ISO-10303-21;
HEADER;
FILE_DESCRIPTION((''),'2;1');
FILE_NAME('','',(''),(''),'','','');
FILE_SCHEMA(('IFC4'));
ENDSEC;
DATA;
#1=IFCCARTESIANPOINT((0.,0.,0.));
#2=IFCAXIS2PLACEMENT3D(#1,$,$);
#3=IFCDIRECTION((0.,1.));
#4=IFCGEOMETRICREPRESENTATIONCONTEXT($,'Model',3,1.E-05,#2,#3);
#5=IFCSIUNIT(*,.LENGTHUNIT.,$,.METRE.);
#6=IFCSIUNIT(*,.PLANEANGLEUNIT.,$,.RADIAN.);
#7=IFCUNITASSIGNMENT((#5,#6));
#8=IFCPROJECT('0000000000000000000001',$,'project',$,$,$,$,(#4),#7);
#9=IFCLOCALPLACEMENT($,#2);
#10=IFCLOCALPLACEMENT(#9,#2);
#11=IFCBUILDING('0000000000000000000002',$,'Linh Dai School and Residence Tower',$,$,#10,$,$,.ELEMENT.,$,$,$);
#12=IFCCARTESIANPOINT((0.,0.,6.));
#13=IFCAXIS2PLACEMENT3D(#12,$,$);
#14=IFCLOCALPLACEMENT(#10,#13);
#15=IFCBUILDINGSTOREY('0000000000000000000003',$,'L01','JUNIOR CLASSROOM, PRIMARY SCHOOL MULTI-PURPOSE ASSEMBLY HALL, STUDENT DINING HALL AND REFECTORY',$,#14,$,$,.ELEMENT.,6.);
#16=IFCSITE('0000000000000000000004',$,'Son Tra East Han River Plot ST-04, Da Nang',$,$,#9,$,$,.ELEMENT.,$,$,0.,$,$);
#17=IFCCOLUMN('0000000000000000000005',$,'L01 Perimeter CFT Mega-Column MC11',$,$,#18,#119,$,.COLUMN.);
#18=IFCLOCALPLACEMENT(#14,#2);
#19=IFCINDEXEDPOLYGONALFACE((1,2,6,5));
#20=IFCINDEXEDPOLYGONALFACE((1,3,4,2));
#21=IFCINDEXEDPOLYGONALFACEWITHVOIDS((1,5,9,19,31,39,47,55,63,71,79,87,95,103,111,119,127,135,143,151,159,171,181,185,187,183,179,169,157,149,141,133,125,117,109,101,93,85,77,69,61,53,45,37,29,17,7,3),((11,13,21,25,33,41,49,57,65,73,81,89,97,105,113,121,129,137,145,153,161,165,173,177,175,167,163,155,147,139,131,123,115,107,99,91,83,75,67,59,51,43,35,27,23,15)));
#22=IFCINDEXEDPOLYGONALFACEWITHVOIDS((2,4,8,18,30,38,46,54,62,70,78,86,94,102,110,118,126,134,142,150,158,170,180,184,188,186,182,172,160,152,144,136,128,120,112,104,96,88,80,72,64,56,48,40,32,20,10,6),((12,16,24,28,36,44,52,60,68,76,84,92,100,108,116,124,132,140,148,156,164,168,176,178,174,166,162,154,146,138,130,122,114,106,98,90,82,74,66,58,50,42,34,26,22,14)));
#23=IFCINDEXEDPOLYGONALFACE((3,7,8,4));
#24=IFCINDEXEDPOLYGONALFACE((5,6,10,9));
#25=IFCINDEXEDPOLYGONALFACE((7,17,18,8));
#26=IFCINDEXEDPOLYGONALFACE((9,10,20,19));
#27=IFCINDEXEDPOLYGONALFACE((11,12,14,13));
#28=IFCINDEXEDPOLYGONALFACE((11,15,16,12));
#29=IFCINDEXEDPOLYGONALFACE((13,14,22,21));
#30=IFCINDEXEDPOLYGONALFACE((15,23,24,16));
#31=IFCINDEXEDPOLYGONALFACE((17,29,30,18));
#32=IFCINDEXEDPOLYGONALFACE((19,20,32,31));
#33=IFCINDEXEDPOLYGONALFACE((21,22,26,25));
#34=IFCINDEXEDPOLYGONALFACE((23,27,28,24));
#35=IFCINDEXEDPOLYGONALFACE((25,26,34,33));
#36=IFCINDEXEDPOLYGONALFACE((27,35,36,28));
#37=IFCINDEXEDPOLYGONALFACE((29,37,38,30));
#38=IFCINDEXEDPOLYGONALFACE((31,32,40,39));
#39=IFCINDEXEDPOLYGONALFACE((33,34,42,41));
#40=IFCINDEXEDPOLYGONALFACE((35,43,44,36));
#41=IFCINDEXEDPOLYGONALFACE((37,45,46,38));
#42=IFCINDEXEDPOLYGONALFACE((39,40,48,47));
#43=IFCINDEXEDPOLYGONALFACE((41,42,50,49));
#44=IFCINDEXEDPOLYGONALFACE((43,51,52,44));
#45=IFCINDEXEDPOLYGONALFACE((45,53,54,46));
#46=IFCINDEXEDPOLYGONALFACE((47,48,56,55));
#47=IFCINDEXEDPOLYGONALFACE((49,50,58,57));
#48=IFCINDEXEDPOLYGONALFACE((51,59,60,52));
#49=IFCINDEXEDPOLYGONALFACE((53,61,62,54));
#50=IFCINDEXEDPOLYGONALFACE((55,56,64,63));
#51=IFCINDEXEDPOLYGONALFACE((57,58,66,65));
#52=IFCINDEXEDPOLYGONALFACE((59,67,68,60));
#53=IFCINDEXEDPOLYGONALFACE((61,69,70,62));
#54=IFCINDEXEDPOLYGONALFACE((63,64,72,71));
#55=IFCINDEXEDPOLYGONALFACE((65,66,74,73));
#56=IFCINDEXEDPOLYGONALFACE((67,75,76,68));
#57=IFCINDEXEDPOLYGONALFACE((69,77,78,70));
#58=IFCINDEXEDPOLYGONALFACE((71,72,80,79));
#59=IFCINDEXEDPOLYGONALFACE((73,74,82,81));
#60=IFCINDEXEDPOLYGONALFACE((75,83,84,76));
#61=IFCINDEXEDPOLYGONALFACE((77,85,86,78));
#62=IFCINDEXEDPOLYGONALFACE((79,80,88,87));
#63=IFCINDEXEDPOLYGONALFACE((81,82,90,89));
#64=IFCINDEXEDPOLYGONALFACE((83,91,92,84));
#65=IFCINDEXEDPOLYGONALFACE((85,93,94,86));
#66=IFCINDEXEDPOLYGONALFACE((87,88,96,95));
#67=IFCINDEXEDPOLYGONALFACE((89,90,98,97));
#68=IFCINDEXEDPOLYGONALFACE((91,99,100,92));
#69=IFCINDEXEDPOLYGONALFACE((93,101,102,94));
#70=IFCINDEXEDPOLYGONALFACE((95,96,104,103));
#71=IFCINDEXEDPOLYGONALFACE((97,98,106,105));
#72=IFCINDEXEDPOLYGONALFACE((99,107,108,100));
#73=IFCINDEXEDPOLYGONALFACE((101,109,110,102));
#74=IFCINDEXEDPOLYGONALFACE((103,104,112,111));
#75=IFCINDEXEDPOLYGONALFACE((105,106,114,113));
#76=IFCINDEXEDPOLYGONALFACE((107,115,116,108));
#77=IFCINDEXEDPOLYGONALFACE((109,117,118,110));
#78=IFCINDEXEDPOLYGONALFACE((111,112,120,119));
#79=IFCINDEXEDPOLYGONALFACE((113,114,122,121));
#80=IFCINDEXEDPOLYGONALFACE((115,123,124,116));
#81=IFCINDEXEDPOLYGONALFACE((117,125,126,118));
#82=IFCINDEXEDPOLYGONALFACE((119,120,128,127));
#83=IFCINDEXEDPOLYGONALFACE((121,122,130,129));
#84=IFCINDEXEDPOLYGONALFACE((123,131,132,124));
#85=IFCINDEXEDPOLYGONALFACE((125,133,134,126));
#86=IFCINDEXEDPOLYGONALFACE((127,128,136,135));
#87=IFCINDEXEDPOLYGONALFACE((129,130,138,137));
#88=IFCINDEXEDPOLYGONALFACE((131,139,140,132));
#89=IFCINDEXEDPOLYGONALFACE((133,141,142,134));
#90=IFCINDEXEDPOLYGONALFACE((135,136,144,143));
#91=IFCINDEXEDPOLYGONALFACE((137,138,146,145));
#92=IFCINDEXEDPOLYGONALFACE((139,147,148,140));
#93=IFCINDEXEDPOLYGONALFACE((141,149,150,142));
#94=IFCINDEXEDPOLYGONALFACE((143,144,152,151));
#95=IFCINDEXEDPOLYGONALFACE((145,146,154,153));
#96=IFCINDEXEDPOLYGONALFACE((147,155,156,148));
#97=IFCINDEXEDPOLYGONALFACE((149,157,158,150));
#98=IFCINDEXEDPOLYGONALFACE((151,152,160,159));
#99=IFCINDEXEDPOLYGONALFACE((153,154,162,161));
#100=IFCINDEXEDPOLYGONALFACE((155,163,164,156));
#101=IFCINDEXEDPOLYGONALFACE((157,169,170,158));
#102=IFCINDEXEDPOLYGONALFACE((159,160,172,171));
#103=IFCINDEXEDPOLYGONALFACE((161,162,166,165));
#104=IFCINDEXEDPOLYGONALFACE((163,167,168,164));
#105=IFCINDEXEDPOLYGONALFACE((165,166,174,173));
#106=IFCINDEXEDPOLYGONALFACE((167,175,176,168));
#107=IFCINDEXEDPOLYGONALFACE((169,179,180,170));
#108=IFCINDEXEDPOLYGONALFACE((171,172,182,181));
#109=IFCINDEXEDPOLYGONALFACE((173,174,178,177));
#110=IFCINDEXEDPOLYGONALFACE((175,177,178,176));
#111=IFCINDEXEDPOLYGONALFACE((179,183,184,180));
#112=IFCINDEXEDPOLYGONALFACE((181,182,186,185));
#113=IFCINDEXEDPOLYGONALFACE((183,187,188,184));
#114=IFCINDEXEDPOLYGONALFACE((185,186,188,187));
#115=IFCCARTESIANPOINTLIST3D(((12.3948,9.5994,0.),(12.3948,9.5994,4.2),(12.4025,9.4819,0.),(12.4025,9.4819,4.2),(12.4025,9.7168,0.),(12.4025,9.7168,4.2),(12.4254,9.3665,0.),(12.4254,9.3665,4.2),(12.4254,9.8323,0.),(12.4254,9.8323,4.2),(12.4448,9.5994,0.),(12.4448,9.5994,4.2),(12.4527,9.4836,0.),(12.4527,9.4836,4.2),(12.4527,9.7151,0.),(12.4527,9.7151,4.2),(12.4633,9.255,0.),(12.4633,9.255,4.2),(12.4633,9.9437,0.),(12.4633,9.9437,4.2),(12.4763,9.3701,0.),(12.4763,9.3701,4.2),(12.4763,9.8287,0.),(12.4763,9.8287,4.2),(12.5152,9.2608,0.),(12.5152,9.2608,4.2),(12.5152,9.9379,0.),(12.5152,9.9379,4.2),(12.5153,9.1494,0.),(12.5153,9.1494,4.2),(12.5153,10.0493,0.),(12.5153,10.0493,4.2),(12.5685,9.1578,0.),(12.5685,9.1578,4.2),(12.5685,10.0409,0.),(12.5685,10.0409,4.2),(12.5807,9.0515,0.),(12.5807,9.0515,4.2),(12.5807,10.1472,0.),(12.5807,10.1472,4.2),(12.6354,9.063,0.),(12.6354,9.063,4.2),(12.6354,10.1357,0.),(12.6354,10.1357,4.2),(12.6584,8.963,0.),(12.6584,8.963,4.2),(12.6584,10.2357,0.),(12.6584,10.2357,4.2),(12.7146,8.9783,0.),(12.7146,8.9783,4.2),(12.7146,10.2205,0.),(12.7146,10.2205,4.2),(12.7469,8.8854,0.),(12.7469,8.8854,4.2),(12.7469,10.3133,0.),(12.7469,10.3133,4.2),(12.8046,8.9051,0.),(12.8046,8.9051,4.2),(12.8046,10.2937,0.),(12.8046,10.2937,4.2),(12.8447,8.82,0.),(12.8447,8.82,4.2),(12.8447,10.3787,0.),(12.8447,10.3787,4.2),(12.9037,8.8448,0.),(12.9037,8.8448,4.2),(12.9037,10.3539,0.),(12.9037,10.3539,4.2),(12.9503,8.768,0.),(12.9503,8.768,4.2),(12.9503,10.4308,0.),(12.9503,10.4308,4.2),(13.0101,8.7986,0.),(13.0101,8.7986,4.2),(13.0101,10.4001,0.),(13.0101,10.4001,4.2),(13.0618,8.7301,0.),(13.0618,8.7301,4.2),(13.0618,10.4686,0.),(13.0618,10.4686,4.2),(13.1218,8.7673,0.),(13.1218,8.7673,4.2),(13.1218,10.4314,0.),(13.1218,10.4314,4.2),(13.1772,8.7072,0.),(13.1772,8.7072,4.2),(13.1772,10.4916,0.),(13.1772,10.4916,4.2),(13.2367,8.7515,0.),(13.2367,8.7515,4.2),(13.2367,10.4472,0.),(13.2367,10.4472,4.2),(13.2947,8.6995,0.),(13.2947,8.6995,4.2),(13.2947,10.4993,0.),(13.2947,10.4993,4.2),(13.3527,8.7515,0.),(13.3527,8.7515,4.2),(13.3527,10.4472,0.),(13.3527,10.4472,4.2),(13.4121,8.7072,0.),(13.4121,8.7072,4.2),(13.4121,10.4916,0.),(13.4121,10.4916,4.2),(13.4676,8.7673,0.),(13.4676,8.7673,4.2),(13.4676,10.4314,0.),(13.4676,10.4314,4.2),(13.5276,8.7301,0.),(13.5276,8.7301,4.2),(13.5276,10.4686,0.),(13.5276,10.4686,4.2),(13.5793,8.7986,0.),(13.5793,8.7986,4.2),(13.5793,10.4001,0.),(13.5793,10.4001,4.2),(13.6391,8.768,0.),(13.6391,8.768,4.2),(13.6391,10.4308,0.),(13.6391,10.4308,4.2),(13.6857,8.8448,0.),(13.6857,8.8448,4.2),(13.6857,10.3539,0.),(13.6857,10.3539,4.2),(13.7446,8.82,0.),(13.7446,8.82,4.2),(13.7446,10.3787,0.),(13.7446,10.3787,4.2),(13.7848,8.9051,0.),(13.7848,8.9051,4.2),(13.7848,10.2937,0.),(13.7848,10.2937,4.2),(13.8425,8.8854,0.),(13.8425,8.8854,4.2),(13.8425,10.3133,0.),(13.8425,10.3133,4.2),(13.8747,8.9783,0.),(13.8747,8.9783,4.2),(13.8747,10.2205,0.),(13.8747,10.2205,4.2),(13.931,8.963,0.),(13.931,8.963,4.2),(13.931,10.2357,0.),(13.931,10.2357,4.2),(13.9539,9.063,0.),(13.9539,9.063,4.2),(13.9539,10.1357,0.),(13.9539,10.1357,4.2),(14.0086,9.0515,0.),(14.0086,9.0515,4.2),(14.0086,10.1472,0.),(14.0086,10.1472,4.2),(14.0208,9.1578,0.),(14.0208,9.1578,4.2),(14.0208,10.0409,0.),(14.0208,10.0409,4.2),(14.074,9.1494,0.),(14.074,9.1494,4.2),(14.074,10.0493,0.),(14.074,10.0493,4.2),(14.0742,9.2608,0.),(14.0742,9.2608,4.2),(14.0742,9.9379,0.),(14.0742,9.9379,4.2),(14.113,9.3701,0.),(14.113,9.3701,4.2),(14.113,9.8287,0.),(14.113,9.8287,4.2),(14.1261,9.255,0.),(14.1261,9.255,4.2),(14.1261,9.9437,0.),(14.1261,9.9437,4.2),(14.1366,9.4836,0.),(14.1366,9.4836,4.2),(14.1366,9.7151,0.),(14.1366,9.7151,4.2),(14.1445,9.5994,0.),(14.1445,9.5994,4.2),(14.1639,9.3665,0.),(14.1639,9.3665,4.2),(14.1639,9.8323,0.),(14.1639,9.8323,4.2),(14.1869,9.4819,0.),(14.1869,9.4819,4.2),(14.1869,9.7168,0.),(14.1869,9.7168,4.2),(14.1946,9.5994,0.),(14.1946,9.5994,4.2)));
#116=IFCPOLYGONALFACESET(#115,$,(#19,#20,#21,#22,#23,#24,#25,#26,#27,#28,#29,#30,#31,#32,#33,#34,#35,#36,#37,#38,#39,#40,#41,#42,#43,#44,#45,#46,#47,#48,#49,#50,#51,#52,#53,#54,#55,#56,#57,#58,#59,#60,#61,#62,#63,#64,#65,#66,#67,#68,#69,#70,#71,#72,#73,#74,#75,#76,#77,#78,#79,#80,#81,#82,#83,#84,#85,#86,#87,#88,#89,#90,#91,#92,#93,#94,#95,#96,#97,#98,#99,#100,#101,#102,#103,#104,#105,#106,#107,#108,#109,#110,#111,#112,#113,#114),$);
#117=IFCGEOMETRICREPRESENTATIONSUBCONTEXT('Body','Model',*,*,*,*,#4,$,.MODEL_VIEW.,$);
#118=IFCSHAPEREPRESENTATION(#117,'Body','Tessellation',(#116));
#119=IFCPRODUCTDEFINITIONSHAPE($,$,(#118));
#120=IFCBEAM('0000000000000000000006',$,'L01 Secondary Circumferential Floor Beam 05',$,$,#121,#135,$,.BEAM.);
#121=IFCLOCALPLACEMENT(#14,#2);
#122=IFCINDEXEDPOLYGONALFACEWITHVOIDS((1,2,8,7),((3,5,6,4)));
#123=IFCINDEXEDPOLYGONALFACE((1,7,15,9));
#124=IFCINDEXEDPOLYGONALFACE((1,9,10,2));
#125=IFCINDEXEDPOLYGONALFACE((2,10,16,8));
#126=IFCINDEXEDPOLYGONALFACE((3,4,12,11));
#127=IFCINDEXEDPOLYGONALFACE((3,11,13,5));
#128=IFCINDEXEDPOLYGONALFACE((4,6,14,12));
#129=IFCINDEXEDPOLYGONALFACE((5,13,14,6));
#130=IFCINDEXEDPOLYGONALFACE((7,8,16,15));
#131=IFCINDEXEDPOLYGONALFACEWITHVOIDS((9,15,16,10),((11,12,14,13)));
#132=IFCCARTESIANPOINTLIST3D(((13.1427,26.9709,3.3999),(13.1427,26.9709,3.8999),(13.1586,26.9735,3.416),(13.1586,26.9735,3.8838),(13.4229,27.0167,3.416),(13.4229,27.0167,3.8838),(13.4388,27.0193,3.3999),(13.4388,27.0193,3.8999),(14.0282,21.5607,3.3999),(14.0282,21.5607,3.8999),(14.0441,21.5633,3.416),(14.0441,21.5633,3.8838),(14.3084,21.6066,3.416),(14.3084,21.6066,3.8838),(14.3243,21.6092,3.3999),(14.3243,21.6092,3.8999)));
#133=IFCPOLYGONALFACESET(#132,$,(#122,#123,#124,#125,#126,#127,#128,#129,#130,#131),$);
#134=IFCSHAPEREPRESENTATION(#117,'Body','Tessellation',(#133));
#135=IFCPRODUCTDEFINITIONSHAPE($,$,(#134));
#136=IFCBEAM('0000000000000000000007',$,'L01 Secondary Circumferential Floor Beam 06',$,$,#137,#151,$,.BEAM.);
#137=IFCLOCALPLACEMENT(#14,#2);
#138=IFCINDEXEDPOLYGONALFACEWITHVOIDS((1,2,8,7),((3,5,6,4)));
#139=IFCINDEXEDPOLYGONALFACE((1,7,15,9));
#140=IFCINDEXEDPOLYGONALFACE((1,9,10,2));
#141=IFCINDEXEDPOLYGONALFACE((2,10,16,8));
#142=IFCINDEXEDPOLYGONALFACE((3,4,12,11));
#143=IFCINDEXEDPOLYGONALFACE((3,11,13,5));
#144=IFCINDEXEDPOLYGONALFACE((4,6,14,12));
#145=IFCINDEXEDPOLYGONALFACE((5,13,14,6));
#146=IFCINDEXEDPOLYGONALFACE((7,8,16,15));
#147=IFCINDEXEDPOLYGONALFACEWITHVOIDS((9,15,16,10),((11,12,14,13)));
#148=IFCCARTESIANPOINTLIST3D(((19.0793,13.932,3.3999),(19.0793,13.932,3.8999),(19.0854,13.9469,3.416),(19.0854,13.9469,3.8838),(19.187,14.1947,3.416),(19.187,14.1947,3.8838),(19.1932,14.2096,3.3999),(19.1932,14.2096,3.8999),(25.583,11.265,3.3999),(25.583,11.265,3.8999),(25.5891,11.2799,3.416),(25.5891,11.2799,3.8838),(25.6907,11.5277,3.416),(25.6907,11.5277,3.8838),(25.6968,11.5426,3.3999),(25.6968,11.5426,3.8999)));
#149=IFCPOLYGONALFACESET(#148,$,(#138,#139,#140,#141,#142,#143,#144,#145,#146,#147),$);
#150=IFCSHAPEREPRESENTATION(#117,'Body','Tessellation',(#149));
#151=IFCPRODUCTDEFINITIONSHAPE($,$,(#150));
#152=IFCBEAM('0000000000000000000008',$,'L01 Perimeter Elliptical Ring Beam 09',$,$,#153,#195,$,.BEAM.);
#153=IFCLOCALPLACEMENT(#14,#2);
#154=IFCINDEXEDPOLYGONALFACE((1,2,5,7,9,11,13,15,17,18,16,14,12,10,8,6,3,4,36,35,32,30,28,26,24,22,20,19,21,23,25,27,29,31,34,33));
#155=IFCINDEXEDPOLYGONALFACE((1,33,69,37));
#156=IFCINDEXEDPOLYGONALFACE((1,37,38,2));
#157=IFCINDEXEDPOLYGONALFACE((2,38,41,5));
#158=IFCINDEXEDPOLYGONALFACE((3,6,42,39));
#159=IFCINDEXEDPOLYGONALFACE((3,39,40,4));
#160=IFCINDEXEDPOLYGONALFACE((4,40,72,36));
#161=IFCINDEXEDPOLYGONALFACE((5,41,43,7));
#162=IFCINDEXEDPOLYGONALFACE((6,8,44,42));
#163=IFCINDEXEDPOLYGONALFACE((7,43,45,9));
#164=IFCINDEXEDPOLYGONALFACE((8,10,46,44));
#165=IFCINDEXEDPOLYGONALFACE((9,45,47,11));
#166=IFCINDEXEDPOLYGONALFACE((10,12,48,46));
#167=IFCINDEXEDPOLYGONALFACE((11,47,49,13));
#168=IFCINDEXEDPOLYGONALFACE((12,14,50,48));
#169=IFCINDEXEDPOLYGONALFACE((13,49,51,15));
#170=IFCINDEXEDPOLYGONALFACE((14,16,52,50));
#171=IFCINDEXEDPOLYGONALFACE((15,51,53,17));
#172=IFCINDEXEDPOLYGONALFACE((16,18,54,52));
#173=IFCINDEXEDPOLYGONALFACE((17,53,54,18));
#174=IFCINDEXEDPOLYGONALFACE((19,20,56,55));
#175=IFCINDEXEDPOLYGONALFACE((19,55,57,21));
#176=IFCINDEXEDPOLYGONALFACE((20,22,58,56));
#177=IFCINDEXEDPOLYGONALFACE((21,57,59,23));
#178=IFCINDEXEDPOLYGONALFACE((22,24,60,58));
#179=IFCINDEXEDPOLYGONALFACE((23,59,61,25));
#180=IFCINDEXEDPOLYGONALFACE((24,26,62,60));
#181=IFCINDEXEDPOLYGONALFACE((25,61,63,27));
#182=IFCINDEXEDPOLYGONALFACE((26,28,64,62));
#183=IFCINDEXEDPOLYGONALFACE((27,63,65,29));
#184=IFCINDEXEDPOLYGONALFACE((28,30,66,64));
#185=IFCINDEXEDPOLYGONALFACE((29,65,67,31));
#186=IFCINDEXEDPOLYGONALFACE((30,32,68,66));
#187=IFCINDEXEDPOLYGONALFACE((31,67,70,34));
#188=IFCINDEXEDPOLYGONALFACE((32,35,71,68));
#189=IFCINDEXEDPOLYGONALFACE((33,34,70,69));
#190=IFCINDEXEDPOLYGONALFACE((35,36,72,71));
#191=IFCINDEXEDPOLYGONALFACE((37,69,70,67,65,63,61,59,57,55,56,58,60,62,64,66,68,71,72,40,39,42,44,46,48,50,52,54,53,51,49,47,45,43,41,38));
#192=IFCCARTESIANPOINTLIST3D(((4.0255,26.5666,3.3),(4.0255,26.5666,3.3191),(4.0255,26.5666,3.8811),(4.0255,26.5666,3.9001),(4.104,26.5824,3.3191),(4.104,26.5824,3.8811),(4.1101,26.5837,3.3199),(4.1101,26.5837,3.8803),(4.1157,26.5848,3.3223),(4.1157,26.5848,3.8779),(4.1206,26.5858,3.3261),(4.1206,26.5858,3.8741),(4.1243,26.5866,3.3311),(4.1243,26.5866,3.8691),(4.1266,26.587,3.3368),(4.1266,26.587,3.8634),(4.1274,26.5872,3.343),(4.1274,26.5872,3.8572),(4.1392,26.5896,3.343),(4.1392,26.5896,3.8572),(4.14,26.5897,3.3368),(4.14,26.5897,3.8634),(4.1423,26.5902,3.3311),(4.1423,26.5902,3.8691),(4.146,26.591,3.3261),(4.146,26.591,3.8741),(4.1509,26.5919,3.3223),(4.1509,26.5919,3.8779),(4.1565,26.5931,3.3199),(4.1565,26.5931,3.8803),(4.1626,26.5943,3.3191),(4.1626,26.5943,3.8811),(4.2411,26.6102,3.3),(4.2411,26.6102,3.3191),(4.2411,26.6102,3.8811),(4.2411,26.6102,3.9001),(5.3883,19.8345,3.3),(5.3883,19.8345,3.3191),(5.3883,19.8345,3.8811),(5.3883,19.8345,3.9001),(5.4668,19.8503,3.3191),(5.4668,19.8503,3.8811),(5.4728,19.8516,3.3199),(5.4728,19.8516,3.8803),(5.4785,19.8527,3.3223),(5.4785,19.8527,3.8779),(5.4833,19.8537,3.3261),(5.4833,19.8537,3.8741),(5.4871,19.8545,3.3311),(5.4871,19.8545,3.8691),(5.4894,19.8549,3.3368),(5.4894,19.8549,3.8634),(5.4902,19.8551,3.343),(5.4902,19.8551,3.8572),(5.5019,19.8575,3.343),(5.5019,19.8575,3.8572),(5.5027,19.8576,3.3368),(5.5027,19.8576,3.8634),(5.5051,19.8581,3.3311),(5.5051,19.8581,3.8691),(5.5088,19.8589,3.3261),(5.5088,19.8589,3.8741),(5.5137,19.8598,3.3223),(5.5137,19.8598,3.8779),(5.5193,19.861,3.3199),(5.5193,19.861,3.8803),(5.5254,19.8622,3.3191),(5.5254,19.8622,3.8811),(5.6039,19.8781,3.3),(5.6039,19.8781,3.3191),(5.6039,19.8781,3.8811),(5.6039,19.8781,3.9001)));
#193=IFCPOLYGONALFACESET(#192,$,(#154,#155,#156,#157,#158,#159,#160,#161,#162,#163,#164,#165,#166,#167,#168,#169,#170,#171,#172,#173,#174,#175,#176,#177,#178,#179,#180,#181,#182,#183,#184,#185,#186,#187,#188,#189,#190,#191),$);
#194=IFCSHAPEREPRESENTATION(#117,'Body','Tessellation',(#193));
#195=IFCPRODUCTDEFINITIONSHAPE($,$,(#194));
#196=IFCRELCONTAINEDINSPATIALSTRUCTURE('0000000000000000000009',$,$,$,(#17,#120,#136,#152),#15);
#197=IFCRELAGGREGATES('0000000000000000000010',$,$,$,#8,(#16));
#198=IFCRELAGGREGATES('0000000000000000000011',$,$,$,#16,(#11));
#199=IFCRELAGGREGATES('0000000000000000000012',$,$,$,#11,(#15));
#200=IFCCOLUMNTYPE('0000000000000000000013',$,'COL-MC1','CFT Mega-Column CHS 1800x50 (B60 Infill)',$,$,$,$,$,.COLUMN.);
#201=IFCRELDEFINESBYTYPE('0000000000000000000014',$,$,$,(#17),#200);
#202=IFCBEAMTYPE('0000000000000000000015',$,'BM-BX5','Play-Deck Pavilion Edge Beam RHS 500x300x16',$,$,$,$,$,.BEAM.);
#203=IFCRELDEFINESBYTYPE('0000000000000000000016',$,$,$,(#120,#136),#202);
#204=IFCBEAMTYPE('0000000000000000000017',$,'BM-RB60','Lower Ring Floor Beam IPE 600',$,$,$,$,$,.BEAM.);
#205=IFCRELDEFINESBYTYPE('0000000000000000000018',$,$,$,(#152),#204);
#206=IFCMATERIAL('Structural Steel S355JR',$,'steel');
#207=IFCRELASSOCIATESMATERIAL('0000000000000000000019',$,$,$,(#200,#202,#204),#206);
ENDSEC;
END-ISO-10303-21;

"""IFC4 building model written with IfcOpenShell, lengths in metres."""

from ifc_helpers import new_model, si_unit, direction, frame, origin, origin_2d, place, context, subcontext, project, spatial, hollow_rectangle, hollow_circle, i_section, extrude, material, material_profile, profile_set, type_object, element, save


model = new_model("IFC4")

# Units and contexts
model_context = context("Model", 3, precision=1e-05, world=origin(), true_north=direction((0.0, 1.0)))
body_context = subcontext(model_context, "Body", "Model", "MODEL_VIEW")
ifc_project = project(units=[si_unit("LENGTHUNIT", "METRE"), si_unit("PLANEANGLEUNIT", "RADIAN")], contexts=[model_context])

# Site, building, storey
site_placement = place(None, origin())
site = spatial("IfcSite", under=ifc_project, at=site_placement, Name="Son Tra East Han River Plot ST-04, Da Nang", CompositionType="ELEMENT", RefElevation=0.0)
building_placement = place(site_placement, origin())
building = spatial("IfcBuilding", under=site, at=building_placement, Name="Linh Dai School and Residence Tower", CompositionType="ELEMENT")
storey_placement = place(building_placement, frame((0.0, 0.0, 6.0)))
storey = spatial("IfcBuildingStorey", under=building, at=storey_placement, Name="L01", Description="JUNIOR CLASSROOM, PRIMARY SCHOOL MULTI-PURPOSE ASSEMBLY HALL, STUDENT DINING HALL AND REFECTORY", CompositionType="ELEMENT", Elevation=6.0)

# Column
ifc_material_1 = material(Name="Structural Steel S355JR", Category="steel")
ifc_material_profile_1 = material_profile(ifc_material_1, hollow_circle(Radius=0.8999, WallThickness=0.05, at=origin_2d()), Name="CHS 1800x50")
ifc_profile_set_1 = profile_set([ifc_material_profile_1], Name="Structural Steel S355JR")
column_type = type_object("IfcColumnType", Name="COL-MC1", Description="CFT Mega-Column CHS 1800x50 (B60 Infill)", PredefinedType="COLUMN", material=ifc_profile_set_1)
for number, where, z_axis, x_axis, name in (
    (1, (13.2947, 9.5994, 0.0), (0.0, 0.0, 1.0), (1.0, 0.0, 0.0), "L01 Perimeter CFT Mega-Column MC11"),
):
    element("IfcColumn", number, at=place(storey_placement, frame(where, z_axis=z_axis, x_axis=x_axis)), inside=storey, type_object=column_type, Name=name, PredefinedType="COLUMN", context=body_context, shape_type="SweptSolid", body=[
        extrude(hollow_circle(Radius=0.8999, WallThickness=0.05, at=origin_2d()), origin(), (0.0, 0.0, 1.0), 4.2),
    ])

# Beams
ifc_material_profile_2 = material_profile(ifc_material_1, hollow_rectangle(XDim=0.3, YDim=0.5, WallThickness=0.0161, at=origin_2d()), Name="RHS 500x300x16")
ifc_profile_set_2 = profile_set([ifc_material_profile_2], Name="Structural Steel S355JR")
beam_type_1 = type_object("IfcBeamType", Name="BM-BX5", Description="Play-Deck Pavilion Edge Beam RHS 500x300x16", PredefinedType="BEAM", material=ifc_profile_set_2)
beam_1_placement = place(storey_placement, frame((13.2908, 26.9951, 3.6499), z_axis=(0.161524, -0.986869, 0.0), x_axis=(0.986869, 0.161524, 0.0)))
element("IfcBeam", 2, at=beam_1_placement, inside=storey, type_object=beam_type_1, Name="L01 Secondary Circumferential Floor Beam 05", PredefinedType="BEAM", context=body_context, shape_type="SweptSolid", body=[
    extrude(hollow_rectangle(XDim=0.3, YDim=0.5, WallThickness=0.0161, at=origin_2d()), origin(), (0.0, 0.0, 1.0), 5.4822),
])
beam_2_placement = place(storey_placement, frame((19.1362, 14.0708, 3.6499), z_axis=(0.925227, -0.379413, 0.0), x_axis=(0.379413, 0.925227, 0.0)))
element("IfcBeam", 3, at=beam_2_placement, inside=storey, type_object=beam_type_1, Name="L01 Secondary Circumferential Floor Beam 06", PredefinedType="BEAM", context=body_context, shape_type="SweptSolid", body=[
    extrude(hollow_rectangle(XDim=0.3, YDim=0.5, WallThickness=0.0161, at=origin_2d()), origin(), (0.0, 0.0, 1.0), 7.0293),
])
ifc_material_profile_3 = material_profile(ifc_material_1, i_section(OverallWidth=0.22, OverallDepth=0.6001, WebThickness=0.012, FlangeThickness=0.019, FilletRadius=0.0239, at=origin_2d()), Name="IPE 600")
ifc_profile_set_3 = profile_set([ifc_material_profile_3], Name="Structural Steel S355JR")
beam_type_2 = type_object("IfcBeamType", Name="BM-RB60", Description="Lower Ring Floor Beam IPE 600", PredefinedType="BEAM", material=ifc_profile_set_3)
beam_3_placement = place(storey_placement, frame((4.1333, 26.5884, 3.6001), z_axis=(0.198405, -0.98012, 0.0), x_axis=(0.98012, 0.198405, 0.0)))
element("IfcBeam", 4, at=beam_3_placement, inside=storey, type_object=beam_type_2, Name="L01 Perimeter Elliptical Ring Beam 09", PredefinedType="BEAM", context=body_context, shape_type="SweptSolid", body=[
    extrude(i_section(OverallWidth=0.22, OverallDepth=0.6001, WebThickness=0.012, FlangeThickness=0.019, FilletRadius=0.0239, at=origin_2d()), origin(), (0.0, 0.0, 1.0), 6.8687),
])

save(model, "model.ifc")
